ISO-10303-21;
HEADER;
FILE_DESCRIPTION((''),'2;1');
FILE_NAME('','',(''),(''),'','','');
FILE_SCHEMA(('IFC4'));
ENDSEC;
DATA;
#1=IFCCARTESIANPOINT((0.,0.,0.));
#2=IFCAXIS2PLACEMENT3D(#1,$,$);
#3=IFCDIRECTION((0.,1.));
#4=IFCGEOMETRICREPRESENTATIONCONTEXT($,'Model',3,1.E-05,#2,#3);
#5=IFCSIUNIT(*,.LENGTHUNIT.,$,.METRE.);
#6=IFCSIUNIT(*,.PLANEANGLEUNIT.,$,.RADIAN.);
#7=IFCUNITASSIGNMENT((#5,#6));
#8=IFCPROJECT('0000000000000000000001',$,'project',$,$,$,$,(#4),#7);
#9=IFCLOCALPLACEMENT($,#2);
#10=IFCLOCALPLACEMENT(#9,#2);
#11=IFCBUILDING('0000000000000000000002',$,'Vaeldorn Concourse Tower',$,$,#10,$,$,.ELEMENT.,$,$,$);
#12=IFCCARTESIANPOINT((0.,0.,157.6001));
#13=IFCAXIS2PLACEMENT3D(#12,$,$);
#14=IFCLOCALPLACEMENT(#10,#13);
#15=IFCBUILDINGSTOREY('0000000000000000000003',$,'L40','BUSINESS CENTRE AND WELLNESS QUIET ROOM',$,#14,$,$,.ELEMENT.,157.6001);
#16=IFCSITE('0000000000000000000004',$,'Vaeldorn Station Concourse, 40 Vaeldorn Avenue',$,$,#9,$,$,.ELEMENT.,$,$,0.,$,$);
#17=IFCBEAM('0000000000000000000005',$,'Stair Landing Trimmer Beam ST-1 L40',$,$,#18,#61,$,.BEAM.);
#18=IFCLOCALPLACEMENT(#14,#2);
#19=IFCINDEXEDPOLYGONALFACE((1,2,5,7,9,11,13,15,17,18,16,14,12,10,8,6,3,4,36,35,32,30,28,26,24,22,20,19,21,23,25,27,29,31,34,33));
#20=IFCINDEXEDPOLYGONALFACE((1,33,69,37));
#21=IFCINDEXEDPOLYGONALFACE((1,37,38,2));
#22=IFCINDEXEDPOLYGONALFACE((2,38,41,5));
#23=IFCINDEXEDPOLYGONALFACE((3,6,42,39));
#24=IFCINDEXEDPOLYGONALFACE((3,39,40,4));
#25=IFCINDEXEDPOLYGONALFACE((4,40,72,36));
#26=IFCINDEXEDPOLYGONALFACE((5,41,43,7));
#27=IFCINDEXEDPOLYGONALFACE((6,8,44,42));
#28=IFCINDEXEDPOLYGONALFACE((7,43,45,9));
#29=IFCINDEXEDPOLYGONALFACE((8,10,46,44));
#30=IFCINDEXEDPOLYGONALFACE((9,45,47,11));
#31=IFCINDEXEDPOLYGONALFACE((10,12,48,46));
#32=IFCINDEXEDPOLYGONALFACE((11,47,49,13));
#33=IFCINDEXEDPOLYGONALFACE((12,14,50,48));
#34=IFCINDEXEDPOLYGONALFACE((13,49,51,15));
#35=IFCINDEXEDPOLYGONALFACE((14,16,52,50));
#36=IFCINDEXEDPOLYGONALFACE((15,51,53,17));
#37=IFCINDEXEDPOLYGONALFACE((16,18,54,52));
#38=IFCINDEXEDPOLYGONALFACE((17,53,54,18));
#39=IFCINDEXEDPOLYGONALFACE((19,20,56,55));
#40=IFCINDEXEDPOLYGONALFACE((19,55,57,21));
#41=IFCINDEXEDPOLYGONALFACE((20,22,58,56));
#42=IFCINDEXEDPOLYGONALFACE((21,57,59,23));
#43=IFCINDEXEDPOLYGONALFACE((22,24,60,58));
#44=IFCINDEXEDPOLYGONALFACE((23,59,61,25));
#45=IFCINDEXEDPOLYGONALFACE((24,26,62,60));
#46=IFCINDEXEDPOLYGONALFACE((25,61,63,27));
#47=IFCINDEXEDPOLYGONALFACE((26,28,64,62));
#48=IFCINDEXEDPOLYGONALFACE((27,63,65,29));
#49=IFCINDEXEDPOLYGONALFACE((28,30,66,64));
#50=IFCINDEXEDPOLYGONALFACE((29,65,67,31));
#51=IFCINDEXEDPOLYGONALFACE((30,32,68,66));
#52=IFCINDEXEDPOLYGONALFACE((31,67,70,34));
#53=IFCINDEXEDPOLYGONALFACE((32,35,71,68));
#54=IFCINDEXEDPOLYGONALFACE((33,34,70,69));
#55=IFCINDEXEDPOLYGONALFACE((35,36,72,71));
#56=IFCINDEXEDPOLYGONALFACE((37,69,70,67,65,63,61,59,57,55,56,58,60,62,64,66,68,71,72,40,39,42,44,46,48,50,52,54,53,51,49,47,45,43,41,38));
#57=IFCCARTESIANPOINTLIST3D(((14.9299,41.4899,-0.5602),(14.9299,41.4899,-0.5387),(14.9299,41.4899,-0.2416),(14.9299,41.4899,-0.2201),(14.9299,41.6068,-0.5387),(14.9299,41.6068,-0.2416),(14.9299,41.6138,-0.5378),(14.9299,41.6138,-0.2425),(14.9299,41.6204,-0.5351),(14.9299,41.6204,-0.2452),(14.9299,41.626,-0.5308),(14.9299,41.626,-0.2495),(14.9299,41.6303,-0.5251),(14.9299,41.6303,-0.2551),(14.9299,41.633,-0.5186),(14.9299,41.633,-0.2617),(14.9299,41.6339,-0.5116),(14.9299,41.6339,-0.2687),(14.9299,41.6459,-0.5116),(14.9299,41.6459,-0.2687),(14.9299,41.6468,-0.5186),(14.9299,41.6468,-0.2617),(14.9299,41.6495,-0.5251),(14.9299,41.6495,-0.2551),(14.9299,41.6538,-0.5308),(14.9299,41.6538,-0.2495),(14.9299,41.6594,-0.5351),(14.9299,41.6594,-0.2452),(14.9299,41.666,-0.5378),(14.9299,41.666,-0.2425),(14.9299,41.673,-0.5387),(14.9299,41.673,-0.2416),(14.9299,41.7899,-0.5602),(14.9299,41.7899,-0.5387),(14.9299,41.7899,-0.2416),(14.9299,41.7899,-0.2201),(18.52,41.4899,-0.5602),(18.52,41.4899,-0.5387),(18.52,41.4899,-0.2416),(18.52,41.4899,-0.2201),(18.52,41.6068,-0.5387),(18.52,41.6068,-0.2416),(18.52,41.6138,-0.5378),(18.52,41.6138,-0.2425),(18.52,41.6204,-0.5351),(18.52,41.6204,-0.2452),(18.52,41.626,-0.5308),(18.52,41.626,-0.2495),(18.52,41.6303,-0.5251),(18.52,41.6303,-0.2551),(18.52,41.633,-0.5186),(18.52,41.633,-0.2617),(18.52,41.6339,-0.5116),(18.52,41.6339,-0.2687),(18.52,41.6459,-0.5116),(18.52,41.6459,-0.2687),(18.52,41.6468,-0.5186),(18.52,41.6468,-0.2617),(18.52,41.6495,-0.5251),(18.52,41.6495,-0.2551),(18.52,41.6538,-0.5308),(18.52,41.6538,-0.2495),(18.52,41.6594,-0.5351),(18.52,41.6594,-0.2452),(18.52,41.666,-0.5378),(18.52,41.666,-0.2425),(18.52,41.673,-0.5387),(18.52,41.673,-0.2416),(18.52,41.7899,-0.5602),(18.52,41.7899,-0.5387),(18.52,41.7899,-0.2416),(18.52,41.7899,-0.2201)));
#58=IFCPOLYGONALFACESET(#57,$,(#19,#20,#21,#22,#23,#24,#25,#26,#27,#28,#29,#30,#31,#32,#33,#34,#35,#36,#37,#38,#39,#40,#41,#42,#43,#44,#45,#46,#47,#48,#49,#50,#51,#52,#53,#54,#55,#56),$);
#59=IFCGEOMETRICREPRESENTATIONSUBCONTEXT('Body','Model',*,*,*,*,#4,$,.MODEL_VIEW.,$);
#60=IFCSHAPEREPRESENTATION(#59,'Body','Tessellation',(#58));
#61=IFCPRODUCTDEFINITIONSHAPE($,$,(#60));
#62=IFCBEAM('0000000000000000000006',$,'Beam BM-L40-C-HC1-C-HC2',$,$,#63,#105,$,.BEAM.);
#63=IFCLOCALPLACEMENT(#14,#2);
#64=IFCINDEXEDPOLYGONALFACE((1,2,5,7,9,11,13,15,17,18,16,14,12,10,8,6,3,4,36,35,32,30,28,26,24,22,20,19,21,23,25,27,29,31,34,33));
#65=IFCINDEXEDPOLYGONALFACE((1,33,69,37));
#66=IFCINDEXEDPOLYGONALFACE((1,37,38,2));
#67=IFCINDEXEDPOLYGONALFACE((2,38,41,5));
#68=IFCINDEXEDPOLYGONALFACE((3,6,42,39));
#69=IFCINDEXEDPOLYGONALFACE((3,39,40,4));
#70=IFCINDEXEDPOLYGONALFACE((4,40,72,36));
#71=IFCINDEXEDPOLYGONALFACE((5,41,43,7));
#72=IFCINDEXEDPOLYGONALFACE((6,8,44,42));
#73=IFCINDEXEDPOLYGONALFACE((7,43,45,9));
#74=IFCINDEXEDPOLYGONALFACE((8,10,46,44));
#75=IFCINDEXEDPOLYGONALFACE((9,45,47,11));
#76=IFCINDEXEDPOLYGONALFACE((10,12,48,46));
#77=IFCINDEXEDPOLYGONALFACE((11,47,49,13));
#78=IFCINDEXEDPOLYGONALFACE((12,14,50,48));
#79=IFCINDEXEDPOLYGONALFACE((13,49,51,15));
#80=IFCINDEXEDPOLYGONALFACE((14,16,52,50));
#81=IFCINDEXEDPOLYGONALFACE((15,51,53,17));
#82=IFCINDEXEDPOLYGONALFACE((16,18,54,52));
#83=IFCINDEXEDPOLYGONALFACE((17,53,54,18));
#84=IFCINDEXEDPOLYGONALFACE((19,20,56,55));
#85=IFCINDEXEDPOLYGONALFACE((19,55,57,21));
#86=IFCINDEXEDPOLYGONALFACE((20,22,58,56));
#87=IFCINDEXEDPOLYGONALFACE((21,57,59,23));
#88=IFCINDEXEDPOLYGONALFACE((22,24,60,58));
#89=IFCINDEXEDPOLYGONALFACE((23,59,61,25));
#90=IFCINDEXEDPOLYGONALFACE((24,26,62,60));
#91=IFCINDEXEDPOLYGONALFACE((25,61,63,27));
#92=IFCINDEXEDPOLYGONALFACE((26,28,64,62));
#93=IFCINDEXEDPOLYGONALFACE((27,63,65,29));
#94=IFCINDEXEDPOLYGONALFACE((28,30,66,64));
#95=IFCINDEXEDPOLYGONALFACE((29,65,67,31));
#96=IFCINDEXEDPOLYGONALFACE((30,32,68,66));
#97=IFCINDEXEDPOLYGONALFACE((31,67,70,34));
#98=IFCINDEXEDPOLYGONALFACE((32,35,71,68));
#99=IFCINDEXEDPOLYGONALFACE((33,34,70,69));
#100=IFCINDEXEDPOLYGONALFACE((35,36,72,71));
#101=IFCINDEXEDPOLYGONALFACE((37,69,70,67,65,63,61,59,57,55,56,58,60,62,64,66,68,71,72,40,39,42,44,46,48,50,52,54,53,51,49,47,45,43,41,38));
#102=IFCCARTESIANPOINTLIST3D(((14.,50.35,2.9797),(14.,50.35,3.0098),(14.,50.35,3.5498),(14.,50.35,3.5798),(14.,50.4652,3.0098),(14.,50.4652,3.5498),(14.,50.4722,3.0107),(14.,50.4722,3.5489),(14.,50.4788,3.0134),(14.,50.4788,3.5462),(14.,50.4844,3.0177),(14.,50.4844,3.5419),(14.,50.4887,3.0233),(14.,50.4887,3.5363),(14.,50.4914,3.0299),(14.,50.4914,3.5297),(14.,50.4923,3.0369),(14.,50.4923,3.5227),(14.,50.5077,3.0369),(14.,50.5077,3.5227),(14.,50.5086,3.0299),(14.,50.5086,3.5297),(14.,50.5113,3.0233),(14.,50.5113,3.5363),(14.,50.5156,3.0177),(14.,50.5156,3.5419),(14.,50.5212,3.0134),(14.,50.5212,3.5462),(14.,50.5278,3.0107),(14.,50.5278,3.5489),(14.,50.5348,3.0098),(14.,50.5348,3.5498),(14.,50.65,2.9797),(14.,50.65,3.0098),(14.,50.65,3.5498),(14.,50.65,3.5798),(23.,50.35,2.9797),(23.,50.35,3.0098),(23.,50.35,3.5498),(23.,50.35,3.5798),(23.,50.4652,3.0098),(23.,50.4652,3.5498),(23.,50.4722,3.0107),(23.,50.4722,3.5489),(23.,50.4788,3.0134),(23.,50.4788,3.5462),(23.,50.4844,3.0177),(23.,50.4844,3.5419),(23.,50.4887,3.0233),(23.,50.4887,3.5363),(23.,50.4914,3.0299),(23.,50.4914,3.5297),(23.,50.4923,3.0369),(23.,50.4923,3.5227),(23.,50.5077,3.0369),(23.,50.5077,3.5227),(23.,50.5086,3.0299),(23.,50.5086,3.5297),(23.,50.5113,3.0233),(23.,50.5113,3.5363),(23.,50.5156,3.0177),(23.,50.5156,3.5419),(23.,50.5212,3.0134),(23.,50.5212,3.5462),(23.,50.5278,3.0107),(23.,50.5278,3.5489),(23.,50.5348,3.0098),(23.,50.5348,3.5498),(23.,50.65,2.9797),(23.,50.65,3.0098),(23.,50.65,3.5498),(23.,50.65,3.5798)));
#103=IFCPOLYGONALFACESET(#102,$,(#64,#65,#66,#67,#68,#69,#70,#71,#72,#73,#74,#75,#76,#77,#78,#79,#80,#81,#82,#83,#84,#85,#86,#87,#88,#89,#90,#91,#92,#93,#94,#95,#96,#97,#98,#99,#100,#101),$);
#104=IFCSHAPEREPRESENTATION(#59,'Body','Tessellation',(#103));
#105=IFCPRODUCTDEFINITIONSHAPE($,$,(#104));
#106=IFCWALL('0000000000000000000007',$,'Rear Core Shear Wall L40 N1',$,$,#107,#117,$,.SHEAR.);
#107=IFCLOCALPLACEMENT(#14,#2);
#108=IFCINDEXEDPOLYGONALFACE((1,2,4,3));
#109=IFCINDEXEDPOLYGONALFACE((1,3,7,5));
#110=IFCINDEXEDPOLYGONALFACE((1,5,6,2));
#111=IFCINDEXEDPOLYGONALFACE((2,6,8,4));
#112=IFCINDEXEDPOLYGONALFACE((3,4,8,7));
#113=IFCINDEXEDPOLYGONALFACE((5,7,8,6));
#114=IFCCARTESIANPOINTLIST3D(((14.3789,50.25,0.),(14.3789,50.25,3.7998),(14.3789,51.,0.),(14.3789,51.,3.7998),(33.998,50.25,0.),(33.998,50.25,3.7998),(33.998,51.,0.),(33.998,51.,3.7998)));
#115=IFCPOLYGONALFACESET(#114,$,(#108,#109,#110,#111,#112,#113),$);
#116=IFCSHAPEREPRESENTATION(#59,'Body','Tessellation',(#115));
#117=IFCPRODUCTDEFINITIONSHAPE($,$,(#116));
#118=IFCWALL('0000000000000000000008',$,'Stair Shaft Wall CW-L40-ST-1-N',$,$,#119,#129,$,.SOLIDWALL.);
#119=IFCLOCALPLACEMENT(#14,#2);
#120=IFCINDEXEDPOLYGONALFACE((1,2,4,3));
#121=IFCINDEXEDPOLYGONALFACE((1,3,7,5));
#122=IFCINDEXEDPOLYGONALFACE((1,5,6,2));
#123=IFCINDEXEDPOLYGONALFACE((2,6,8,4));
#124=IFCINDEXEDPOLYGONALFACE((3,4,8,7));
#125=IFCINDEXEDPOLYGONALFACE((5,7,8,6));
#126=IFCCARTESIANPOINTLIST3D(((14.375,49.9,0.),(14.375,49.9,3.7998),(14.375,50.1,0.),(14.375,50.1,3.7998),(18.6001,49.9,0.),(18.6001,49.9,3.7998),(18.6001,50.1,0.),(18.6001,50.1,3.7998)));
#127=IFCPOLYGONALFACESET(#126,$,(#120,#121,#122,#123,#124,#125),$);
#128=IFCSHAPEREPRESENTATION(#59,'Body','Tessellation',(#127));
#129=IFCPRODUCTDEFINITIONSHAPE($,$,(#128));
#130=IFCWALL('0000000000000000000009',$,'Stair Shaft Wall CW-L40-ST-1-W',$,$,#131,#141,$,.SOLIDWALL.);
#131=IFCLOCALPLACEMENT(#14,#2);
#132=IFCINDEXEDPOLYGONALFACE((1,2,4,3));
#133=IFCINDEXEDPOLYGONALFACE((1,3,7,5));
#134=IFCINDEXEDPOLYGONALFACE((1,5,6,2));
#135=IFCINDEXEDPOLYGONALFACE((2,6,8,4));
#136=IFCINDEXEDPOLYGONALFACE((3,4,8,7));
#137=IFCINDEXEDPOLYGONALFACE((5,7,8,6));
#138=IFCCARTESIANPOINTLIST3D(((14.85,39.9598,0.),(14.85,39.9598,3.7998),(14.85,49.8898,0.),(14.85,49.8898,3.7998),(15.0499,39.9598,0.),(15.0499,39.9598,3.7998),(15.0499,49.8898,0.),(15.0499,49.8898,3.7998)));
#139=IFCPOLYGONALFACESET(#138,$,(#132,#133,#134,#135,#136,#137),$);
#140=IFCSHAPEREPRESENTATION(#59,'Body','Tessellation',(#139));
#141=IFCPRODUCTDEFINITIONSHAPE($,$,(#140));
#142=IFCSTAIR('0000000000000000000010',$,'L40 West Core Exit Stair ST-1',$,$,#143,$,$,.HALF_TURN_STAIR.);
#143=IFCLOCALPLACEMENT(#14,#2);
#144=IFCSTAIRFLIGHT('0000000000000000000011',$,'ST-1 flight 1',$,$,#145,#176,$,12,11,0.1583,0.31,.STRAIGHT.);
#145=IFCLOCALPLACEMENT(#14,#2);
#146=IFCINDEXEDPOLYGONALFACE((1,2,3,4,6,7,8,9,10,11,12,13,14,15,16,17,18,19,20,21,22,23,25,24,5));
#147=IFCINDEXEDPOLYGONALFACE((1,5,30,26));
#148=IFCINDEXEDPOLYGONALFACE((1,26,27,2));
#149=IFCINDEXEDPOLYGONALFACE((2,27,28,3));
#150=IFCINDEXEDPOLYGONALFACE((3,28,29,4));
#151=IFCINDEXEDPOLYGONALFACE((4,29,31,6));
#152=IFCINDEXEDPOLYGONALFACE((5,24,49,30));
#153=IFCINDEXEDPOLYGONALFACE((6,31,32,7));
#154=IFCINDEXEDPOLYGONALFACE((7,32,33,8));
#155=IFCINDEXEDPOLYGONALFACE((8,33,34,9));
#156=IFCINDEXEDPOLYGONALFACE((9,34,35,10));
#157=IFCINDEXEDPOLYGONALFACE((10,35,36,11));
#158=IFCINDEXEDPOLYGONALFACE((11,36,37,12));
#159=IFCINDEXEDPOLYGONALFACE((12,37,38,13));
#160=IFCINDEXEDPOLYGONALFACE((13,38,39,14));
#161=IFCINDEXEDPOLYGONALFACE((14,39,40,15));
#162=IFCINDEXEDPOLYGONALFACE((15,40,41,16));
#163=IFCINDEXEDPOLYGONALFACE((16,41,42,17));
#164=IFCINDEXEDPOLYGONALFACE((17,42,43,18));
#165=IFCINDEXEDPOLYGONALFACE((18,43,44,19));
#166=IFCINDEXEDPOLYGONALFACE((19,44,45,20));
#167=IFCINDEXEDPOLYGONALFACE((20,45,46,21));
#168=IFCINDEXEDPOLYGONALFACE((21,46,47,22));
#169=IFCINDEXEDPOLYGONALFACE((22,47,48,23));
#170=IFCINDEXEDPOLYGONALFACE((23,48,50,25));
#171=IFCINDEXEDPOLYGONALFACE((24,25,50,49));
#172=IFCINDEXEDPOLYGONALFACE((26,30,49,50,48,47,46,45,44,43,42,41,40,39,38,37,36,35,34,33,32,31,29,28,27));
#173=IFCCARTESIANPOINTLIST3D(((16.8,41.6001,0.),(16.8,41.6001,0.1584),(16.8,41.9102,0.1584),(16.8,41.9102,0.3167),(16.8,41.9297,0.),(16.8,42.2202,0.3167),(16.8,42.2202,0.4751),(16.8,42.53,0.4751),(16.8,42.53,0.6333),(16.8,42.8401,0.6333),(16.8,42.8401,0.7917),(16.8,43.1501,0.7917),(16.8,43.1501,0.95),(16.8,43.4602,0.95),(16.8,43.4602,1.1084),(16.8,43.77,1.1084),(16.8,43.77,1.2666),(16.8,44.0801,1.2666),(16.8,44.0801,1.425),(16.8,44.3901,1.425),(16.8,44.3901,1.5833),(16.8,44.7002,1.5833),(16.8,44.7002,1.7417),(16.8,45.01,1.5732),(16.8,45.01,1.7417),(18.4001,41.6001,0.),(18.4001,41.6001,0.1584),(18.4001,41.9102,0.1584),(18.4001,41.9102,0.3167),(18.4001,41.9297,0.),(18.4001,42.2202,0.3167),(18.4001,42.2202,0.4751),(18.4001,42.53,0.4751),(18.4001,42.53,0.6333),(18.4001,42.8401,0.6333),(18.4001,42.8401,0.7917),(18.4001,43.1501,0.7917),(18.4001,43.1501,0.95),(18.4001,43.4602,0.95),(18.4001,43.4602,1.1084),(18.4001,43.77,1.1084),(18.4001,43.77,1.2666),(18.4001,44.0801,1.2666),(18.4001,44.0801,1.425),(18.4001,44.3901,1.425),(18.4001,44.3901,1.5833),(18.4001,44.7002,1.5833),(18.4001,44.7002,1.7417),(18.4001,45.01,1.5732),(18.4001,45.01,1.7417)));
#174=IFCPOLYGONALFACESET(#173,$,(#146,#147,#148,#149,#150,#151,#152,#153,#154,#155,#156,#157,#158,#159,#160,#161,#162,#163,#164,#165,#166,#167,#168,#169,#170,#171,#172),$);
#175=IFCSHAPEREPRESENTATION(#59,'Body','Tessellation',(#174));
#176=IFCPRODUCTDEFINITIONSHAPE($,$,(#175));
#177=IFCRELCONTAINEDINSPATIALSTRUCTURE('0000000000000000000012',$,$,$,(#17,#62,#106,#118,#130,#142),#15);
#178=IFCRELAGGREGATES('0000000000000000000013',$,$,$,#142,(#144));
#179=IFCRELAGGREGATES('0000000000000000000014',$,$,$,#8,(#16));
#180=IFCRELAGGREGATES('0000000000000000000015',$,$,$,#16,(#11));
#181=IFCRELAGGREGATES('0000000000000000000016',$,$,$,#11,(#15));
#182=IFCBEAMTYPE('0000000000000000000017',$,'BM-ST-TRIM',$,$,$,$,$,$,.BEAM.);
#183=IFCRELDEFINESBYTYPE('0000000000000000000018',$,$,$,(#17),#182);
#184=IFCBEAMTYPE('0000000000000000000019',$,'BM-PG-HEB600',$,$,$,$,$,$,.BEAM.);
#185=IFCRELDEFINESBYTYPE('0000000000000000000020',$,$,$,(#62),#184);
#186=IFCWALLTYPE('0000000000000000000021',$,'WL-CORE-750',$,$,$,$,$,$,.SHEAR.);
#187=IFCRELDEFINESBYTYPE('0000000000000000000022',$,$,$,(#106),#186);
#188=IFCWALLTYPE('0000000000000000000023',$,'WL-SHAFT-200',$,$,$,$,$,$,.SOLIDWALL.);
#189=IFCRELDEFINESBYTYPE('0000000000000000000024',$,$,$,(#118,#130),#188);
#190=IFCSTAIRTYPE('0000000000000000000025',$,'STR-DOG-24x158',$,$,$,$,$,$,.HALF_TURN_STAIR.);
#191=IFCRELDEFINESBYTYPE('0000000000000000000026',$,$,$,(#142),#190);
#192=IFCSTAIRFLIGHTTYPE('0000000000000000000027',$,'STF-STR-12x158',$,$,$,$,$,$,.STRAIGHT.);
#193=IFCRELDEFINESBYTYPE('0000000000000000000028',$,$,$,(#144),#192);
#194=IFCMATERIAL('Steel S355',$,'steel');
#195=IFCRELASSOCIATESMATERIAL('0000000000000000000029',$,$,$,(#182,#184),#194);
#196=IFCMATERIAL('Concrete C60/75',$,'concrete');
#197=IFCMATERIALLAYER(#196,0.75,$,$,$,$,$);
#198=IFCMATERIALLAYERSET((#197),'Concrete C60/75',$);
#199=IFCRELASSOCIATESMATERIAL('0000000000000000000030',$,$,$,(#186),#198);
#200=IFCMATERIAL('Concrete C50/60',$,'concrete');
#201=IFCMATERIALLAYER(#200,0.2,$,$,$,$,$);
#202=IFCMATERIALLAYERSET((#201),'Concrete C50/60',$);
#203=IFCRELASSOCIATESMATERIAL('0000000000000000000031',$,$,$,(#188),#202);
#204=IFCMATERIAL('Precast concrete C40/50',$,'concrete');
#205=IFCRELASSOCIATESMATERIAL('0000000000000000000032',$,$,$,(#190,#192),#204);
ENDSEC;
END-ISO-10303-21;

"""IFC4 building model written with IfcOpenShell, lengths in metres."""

from ifc_helpers import new_model, si_unit, direction, frame, frame_2d, origin, origin_2d, place, context, subcontext, project, spatial, polyline, rectangle, i_section, outline, extrude, source, transform, mapped, material, layer, layer_set, material_profile, profile_set, type_object, element, aggregate, save


model = new_model("IFC4")

# Units and contexts
model_context = context("Model", 3, precision=1e-05, world=origin(), true_north=direction((0.0, 1.0)))
body_context = subcontext(model_context, "Body", "Model", "MODEL_VIEW")
ifc_project = project(units=[si_unit("LENGTHUNIT", "METRE"), si_unit("PLANEANGLEUNIT", "RADIAN")], contexts=[model_context])

# Site, building, storey
site_placement = place(None, origin())
site = spatial("IfcSite", under=ifc_project, at=site_placement, Name="Vaeldorn Station Concourse, 40 Vaeldorn Avenue", CompositionType="ELEMENT", RefElevation=0.0)
building_placement = place(site_placement, origin())
building = spatial("IfcBuilding", under=site, at=building_placement, Name="Vaeldorn Concourse Tower", CompositionType="ELEMENT")
storey_placement = place(building_placement, frame((0.0, 0.0, 157.6001)))
storey = spatial("IfcBuildingStorey", under=building, at=storey_placement, Name="L40", Description="BUSINESS CENTRE AND WELLNESS QUIET ROOM", CompositionType="ELEMENT", Elevation=157.6001)

# Beams
ifc_material_1 = material(Name="Steel S355", Category="steel")
ifc_material_profile_1 = material_profile(ifc_material_1, i_section(OverallWidth=0.3, OverallDepth=0.3401, WebThickness=0.012, FlangeThickness=0.0215, FilletRadius=0.0271, at=origin_2d()), Name="HEB 340")
ifc_profile_set_1 = profile_set([ifc_material_profile_1], Name="Steel S355")
beam_type_1 = type_object("IfcBeamType", Name="BM-ST-TRIM", PredefinedType="BEAM", material=ifc_profile_set_1)
shared_shape_1 = source(origin(), body_context, "Body", "SweptSolid", [
    extrude(i_section(OverallWidth=0.3, OverallDepth=0.3401, WebThickness=0.012, FlangeThickness=0.0215, FilletRadius=0.0271, at=origin_2d()), origin(), (0.0, 0.0, 1.0), 3.5901),
])
beam_1_placement = place(storey_placement, frame((14.9299, 41.6399, -0.3901), z_axis=(1.0, 0.0, 0.0), x_axis=(0.0, 1.0, 0.0)))
element("IfcBeam", 1, at=beam_1_placement, inside=storey, type_object=beam_type_1, Name="Stair Landing Trimmer Beam ST-1 L40", PredefinedType="BEAM", context=body_context, shape_type="MappedRepresentation", body=[
    mapped(shared_shape_1, transform((0.0, 0.0, 0.0), scale=1.0)),
])
ifc_material_profile_2 = material_profile(ifc_material_1, i_section(OverallWidth=0.3, OverallDepth=0.6001, WebThickness=0.0154, FlangeThickness=0.03, FilletRadius=0.0271, at=origin_2d()), Name="HEB 600")
ifc_profile_set_2 = profile_set([ifc_material_profile_2], Name="Steel S355")
beam_type_2 = type_object("IfcBeamType", Name="BM-PG-HEB600", PredefinedType="BEAM", material=ifc_profile_set_2)
shared_shape_2 = source(origin(), body_context, "Body", "SweptSolid", [
    extrude(i_section(OverallWidth=0.3, OverallDepth=0.6001, WebThickness=0.0154, FlangeThickness=0.03, FilletRadius=0.0271, at=origin_2d()), origin(), (0.0, 0.0, 1.0), 9.0),
])
beam_2_placement = place(storey_placement, frame((14.0, 50.5, 3.2798), z_axis=(1.0, 0.0, 0.0), x_axis=(0.0, 1.0, 0.0)))
element("IfcBeam", 2, at=beam_2_placement, inside=storey, type_object=beam_type_2, Name="Beam BM-L40-C-HC1-C-HC2", PredefinedType="BEAM", context=body_context, shape_type="MappedRepresentation", body=[
    mapped(shared_shape_2, transform((0.0, 0.0, 0.0), scale=1.0)),
])

# Walls
ifc_material_2 = material(Name="Concrete C60/75", Category="concrete")
ifc_layer_1 = layer(ifc_material_2, 0.75)
ifc_layer_set_1 = layer_set([ifc_layer_1], Name="Concrete C60/75")
wall_type_1 = type_object("IfcWallType", Name="WL-CORE-750", PredefinedType="SHEAR", material=ifc_layer_set_1)
wall_1_placement = place(storey_placement, frame((14.3789, 50.625, 0.0), z_axis=(0.0, 0.0, 1.0), x_axis=(1.0, 0.0, 0.0)))
element("IfcWall", 3, at=wall_1_placement, inside=storey, type_object=wall_type_1, Name="Rear Core Shear Wall L40 N1", PredefinedType="SHEAR", context=body_context, shape_type="SweptSolid", body=[
    extrude(rectangle(XDim=19.6191, YDim=0.75, at=frame_2d((9.8096, 0.0))), origin(), (0.0, 0.0, 1.0), 3.7998),
])
ifc_material_3 = material(Name="Concrete C50/60", Category="concrete")
ifc_layer_2 = layer(ifc_material_3, 0.2)
ifc_layer_set_2 = layer_set([ifc_layer_2], Name="Concrete C50/60")
wall_type_2 = type_object("IfcWallType", Name="WL-SHAFT-200", PredefinedType="SOLIDWALL", material=ifc_layer_set_2)
wall_2_placement = place(storey_placement, frame((14.375, 50.0, 0.0), z_axis=(0.0, 0.0, 1.0), x_axis=(1.0, 0.0, 0.0)))
element("IfcWall", 4, at=wall_2_placement, inside=storey, type_object=wall_type_2, Name="Stair Shaft Wall CW-L40-ST-1-N", PredefinedType="SOLIDWALL", context=body_context, shape_type="SweptSolid", body=[
    extrude(rectangle(XDim=4.2251, YDim=0.2, at=frame_2d((2.1125, 0.0))), origin(), (0.0, 0.0, 1.0), 3.7998),
])
wall_3_placement = place(storey_placement, frame((14.95, 39.96, 0.0), z_axis=(0.0, 0.0, 1.0), x_axis=(0.0, 1.0, 0.0)))
element("IfcWall", 5, at=wall_3_placement, inside=storey, type_object=wall_type_2, Name="Stair Shaft Wall CW-L40-ST-1-W", PredefinedType="SOLIDWALL", context=body_context, shape_type="SweptSolid", body=[
    extrude(rectangle(XDim=9.9299, YDim=0.2, at=frame_2d((4.9648, 0.0))), origin(), (0.0, 0.0, 1.0), 3.7998),
])

# Stair, stair flight
ifc_material_4 = material(Name="Precast concrete C40/50", Category="concrete")
stair_type = type_object("IfcStairType", Name="STR-DOG-24x158", PredefinedType="HALF_TURN_STAIR", material=ifc_material_4)
stair_placement = place(storey_placement, origin())
stair = element("IfcStair", 6, at=stair_placement, inside=storey, type_object=stair_type, Name="L40 West Core Exit Stair ST-1", PredefinedType="HALF_TURN_STAIR")
stair_flight_type = type_object("IfcStairFlightType", Name="STF-STR-12x158", PredefinedType="STRAIGHT", material=ifc_material_4)
stair_flight_1_placement = place(storey_placement, frame((17.6001, 41.6001, 0.0), z_axis=(0.0, 0.0, 1.0), x_axis=(0.0, 1.0, 0.0)))
stair_flight_1 = element("IfcStairFlight", 7, at=stair_flight_1_placement, type_object=stair_flight_type, Name="ST-1 flight 1", NumberOfRisers=12, NumberOfTreads=11, PredefinedType="STRAIGHT", RiserHeight=0.1583, TreadLength=0.31, context=body_context, shape_type="SweptSolid", body=[
    extrude(outline(polyline([(0.0, 0.0), (0.0, 0.1584), (0.3101, 0.1584), (0.3101, 0.3167), (0.6201, 0.3167), (0.6201, 0.4751), (0.9299, 0.4751), (0.9299, 0.6333), (1.24, 0.6333), (1.24, 0.7917), (1.55, 0.7917), (1.55, 0.95), (1.8601, 0.95), (1.8601, 1.1084), (2.1699, 1.1084), (2.1699, 1.2666), (2.48, 1.2666), (2.48, 1.425), (2.79, 1.425), (2.79, 1.5833), (3.1001, 1.5833), (3.1001, 1.7417), (3.4099, 1.7417), (3.4099, 1.8999), (3.4099, 1.5732), (0.3296, 0.0), (0.0, 0.0)])), frame((0.0, 0.8, 0.0), z_axis=(0.0, -1.0, 0.0), x_axis=(1.0, 0.0, 0.0)), (0.0, 0.0, 1.0), 1.6001),
])
aggregate(stair, [stair_flight_1])

save(model, "model.ifc")
